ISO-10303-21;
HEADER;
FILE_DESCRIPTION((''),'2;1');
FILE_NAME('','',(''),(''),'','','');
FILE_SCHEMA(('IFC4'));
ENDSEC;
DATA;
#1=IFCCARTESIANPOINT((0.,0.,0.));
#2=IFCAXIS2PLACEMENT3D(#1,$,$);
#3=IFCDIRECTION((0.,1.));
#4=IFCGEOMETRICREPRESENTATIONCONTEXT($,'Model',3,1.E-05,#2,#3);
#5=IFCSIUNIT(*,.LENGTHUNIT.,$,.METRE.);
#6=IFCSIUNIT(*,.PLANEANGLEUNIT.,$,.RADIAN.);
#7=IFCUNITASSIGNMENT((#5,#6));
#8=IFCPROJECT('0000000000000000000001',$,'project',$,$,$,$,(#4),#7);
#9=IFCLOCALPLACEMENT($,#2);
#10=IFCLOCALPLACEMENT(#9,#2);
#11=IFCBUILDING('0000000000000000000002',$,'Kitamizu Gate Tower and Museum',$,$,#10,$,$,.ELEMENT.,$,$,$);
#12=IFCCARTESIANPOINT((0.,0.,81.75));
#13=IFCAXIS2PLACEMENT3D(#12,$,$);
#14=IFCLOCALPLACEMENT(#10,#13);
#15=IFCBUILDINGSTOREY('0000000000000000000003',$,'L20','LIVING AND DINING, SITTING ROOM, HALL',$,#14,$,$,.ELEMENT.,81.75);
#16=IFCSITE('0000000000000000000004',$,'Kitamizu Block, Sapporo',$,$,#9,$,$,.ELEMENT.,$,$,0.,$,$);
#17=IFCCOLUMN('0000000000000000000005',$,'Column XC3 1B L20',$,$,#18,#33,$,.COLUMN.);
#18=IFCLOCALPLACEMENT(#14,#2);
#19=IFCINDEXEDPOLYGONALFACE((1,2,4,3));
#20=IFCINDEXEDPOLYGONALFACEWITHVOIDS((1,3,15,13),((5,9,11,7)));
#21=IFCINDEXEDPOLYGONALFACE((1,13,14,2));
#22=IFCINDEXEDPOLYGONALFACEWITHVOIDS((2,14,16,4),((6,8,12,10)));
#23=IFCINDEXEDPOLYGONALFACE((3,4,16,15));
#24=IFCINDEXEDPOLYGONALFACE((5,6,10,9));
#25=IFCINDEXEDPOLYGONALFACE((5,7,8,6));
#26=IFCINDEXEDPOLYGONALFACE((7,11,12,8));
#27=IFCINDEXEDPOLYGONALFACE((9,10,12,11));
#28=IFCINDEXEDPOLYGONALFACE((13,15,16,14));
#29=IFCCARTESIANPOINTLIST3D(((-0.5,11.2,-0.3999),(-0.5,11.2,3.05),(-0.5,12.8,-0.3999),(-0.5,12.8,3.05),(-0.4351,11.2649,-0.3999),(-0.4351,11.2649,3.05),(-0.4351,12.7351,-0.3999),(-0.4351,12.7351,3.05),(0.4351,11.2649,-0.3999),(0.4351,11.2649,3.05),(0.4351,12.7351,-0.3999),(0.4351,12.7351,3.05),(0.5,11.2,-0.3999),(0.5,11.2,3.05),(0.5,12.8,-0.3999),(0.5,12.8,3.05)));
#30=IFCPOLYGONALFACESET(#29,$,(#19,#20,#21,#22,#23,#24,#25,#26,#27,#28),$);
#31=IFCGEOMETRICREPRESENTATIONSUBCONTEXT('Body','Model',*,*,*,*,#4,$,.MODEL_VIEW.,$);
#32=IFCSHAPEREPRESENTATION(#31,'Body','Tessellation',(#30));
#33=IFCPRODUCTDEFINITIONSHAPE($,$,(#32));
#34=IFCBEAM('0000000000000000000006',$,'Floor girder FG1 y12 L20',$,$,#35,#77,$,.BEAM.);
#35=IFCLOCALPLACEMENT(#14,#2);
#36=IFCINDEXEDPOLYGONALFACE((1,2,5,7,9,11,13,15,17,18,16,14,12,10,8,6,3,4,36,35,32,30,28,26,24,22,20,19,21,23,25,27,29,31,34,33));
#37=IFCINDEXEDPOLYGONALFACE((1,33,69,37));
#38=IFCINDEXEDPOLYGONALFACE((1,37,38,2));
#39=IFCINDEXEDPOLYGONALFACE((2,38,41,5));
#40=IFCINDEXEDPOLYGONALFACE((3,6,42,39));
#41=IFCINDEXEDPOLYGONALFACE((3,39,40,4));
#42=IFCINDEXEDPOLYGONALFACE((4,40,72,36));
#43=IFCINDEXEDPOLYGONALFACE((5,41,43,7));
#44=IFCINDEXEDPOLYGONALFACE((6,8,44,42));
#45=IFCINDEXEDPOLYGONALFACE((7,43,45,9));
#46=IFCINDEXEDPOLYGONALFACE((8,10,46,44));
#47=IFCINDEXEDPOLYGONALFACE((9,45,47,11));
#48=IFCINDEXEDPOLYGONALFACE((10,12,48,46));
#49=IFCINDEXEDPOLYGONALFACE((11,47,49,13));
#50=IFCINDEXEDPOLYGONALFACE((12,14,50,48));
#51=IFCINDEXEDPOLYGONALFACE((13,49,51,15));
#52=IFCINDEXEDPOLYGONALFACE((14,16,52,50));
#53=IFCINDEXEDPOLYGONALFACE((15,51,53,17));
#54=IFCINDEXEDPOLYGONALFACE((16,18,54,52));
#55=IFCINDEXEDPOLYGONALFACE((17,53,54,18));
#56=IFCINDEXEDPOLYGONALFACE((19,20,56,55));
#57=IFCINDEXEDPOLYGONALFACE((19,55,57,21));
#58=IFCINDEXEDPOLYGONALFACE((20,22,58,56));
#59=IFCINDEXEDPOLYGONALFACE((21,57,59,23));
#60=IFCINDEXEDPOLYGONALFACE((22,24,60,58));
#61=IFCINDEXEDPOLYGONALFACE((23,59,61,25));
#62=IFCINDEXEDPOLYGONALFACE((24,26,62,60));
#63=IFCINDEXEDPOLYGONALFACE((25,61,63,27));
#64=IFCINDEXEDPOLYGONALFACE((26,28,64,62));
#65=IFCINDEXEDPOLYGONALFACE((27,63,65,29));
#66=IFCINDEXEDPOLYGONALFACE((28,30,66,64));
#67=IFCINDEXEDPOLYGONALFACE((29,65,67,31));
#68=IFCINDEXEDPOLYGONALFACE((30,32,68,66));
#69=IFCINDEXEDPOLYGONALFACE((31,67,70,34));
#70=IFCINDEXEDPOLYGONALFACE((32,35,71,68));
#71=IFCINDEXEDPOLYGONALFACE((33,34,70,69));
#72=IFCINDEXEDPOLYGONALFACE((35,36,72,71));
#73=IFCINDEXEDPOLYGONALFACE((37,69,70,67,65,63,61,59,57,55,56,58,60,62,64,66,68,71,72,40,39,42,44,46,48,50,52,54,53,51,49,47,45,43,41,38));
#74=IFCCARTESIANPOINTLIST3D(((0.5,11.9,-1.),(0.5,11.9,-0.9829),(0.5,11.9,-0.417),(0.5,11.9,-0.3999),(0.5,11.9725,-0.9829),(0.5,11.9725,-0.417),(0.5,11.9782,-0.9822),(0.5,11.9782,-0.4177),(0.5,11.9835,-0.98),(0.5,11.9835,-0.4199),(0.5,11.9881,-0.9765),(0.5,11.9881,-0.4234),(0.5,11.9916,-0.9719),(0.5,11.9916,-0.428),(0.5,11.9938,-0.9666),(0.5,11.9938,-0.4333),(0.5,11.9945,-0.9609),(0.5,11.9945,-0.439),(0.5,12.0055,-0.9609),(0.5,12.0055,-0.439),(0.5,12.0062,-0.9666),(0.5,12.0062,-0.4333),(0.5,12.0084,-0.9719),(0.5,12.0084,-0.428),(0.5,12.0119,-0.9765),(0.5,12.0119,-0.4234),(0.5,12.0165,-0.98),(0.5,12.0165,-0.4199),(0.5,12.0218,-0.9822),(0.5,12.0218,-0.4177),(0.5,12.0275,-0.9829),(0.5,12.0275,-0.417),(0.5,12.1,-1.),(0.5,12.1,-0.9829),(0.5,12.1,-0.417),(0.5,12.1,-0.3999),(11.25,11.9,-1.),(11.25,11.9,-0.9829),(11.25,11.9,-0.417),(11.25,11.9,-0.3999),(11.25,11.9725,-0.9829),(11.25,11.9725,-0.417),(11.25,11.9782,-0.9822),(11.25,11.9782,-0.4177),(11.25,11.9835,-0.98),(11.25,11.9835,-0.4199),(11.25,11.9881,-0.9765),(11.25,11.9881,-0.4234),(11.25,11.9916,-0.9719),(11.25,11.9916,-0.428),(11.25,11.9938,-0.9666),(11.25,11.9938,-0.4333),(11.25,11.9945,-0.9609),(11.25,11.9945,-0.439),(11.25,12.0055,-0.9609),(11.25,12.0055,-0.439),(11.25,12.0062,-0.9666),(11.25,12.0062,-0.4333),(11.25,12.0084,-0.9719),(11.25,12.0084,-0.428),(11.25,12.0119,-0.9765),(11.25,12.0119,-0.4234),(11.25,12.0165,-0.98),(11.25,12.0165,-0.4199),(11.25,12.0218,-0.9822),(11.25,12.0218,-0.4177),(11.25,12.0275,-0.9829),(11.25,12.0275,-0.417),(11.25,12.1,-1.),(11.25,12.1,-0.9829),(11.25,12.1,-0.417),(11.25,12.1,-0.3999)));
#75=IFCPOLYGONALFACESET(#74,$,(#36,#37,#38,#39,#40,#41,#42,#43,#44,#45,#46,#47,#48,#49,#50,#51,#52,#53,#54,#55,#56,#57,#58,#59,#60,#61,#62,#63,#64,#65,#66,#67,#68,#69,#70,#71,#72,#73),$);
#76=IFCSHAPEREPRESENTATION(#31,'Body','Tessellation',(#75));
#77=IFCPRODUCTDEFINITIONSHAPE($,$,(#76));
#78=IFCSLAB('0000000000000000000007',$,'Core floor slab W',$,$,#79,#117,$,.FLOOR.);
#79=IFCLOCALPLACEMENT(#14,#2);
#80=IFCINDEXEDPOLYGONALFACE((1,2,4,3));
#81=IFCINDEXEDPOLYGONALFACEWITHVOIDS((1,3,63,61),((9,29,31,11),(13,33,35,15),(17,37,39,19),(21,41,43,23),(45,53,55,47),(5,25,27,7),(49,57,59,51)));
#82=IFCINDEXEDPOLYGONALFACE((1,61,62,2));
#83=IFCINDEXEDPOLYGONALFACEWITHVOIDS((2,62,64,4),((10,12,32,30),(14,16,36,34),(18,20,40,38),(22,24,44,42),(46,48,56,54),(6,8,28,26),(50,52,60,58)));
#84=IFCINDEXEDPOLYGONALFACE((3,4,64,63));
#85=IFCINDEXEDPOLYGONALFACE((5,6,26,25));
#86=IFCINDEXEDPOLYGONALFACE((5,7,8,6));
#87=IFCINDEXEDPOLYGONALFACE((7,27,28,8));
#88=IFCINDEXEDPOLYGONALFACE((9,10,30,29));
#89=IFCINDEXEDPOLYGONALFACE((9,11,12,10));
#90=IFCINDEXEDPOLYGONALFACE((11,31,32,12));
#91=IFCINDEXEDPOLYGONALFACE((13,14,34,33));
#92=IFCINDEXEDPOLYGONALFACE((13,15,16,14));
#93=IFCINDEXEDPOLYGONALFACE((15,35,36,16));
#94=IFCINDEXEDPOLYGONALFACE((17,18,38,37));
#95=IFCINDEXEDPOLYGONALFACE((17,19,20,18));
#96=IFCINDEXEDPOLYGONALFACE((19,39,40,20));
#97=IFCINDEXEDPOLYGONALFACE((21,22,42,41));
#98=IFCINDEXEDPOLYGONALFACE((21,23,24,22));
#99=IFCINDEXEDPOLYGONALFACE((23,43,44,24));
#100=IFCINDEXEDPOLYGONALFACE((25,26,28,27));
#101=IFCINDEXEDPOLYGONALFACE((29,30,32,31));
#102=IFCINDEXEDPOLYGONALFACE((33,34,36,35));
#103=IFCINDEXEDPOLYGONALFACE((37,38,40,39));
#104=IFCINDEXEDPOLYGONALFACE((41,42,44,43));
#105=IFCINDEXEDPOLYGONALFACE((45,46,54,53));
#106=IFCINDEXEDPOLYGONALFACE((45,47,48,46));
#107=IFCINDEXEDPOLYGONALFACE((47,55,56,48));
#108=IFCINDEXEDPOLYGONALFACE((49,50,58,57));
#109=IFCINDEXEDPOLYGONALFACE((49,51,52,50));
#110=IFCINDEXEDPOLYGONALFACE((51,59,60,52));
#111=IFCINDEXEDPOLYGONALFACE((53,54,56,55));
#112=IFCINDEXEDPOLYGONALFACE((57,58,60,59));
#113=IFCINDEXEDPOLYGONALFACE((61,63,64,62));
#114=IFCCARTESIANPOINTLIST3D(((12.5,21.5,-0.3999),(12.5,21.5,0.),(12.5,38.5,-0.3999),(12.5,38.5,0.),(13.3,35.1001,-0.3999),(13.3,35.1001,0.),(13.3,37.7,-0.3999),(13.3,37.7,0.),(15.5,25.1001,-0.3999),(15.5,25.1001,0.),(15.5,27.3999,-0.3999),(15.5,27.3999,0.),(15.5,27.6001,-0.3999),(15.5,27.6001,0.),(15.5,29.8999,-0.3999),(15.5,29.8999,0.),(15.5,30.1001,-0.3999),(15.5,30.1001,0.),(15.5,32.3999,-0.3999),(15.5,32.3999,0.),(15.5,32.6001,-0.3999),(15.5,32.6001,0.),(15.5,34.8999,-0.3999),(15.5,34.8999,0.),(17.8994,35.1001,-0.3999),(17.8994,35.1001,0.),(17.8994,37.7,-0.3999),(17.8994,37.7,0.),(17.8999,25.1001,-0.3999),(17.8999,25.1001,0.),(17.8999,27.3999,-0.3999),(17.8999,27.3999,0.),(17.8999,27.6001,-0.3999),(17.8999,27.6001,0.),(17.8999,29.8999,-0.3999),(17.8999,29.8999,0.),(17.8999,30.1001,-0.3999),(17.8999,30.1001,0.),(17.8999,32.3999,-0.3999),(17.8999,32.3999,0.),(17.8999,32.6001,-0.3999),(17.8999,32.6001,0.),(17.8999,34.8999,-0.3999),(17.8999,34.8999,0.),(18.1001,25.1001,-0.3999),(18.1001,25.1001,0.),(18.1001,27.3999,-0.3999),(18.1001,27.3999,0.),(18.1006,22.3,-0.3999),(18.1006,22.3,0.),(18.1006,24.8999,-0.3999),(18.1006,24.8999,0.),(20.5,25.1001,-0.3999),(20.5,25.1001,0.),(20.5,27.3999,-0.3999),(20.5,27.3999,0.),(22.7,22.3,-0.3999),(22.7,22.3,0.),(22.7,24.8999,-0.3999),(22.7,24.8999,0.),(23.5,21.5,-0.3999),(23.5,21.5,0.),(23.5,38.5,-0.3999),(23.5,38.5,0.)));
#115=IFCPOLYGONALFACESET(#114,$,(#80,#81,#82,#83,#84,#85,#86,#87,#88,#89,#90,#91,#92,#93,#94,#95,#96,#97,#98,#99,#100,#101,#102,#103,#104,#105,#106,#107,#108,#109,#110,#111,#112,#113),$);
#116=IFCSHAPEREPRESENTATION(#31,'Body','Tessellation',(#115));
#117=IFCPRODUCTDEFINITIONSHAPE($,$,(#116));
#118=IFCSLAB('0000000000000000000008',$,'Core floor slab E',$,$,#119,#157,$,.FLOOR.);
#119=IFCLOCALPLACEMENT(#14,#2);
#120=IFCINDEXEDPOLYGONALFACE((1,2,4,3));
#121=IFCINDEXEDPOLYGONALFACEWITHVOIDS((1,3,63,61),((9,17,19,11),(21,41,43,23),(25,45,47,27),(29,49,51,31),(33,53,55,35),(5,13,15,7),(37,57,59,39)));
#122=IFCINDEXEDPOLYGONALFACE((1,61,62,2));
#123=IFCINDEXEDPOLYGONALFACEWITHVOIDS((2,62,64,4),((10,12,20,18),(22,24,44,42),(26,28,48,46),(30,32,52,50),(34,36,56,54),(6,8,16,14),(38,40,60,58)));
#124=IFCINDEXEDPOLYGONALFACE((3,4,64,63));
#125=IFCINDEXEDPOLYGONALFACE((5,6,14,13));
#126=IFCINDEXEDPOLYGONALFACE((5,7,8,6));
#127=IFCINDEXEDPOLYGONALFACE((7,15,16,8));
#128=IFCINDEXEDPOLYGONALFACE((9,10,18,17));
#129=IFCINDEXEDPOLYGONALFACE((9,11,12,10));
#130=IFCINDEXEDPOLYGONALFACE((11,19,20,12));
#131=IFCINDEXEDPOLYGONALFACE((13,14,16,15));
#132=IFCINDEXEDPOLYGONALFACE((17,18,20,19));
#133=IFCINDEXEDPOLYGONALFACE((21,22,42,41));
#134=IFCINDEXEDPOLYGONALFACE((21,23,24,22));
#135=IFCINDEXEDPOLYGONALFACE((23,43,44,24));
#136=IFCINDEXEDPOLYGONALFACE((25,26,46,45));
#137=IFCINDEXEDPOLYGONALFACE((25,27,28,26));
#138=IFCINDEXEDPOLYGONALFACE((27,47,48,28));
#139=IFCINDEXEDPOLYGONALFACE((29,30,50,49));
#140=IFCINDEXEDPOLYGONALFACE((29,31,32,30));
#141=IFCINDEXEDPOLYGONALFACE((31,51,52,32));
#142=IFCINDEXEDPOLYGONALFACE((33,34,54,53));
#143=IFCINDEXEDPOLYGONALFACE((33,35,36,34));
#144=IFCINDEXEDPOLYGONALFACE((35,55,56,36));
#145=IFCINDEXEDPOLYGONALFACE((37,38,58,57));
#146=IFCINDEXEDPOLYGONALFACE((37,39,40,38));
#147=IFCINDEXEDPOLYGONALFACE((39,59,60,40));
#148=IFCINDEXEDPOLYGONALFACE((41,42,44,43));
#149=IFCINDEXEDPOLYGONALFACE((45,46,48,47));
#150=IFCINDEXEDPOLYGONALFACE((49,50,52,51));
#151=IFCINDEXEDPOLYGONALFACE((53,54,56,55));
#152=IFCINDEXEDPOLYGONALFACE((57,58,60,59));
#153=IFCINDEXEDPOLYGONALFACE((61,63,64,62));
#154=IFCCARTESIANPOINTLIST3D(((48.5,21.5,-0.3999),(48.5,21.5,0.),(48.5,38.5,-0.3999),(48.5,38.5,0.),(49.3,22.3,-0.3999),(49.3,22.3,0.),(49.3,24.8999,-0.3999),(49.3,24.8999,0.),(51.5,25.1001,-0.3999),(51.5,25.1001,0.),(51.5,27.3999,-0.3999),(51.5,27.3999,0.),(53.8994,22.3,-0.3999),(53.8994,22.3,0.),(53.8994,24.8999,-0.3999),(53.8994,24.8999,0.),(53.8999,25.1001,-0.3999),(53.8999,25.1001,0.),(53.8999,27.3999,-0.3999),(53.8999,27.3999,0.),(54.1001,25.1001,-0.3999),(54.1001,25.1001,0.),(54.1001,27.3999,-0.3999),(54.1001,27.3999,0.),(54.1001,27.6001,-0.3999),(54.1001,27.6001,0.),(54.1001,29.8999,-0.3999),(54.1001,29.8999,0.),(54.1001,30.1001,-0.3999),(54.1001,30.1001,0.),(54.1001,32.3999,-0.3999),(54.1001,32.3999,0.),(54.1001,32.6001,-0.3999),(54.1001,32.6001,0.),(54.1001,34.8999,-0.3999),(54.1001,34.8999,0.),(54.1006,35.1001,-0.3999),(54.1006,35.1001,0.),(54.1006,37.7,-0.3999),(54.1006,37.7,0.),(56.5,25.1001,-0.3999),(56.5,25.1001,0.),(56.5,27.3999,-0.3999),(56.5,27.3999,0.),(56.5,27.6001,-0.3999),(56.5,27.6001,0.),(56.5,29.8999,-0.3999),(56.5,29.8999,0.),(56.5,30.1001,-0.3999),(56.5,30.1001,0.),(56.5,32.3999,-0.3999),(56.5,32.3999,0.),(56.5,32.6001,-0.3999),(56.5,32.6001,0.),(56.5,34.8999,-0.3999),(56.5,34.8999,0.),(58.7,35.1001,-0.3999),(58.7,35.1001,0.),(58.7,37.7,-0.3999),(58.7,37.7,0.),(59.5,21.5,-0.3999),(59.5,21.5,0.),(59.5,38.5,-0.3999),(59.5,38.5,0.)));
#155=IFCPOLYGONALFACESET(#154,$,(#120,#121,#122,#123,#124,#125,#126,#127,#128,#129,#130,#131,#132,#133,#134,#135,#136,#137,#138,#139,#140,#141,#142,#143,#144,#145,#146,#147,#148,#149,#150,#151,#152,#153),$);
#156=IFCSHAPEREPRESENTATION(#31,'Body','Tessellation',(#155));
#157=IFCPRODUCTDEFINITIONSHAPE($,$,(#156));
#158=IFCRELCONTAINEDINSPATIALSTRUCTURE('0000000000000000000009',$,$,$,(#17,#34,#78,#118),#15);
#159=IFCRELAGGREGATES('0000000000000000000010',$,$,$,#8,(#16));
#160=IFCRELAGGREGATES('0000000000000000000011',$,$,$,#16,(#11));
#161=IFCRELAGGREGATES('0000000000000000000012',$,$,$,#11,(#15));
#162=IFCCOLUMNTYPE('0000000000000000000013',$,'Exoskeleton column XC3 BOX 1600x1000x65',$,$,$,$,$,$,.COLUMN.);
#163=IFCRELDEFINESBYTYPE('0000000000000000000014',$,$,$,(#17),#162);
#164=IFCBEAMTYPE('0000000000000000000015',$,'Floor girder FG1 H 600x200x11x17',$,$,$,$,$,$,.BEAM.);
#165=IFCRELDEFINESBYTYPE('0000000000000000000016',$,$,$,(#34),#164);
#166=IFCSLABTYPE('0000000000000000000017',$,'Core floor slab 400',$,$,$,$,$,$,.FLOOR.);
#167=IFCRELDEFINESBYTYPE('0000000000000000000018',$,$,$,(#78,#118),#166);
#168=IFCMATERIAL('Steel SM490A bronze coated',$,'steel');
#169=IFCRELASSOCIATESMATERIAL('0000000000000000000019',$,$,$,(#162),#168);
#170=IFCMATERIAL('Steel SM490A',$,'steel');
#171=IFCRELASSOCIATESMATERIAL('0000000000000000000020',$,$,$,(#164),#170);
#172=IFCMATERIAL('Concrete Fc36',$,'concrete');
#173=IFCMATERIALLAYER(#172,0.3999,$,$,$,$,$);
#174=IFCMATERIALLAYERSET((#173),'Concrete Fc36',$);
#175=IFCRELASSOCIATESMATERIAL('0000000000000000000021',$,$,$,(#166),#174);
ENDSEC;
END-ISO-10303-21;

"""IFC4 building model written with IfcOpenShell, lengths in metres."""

from ifc_helpers import new_model, si_unit, direction, frame, origin, origin_2d, place, context, subcontext, project, spatial, polyline, hollow_rectangle, i_section, outline, extrude, material, layer, layer_set, material_profile, profile_set, type_object, element, save


model = new_model("IFC4")

# Units and contexts
model_context = context("Model", 3, precision=1e-05, world=origin(), true_north=direction((0.0, 1.0)))
body_context = subcontext(model_context, "Body", "Model", "MODEL_VIEW")
ifc_project = project(units=[si_unit("LENGTHUNIT", "METRE"), si_unit("PLANEANGLEUNIT", "RADIAN")], contexts=[model_context])

# Site, building, storey
site_placement = place(None, origin())
site = spatial("IfcSite", under=ifc_project, at=site_placement, Name="Kitamizu Block, Sapporo", CompositionType="ELEMENT", RefElevation=0.0)
building_placement = place(site_placement, origin())
building = spatial("IfcBuilding", under=site, at=building_placement, Name="Kitamizu Gate Tower and Museum", CompositionType="ELEMENT")
storey_placement = place(building_placement, frame((0.0, 0.0, 81.75)))
storey = spatial("IfcBuildingStorey", under=building, at=storey_placement, Name="L20", Description="LIVING AND DINING, SITTING ROOM, HALL", CompositionType="ELEMENT", Elevation=81.75)

# Column
ifc_material_1 = material(Name="Steel SM490A bronze coated", Category="steel")
ifc_material_profile_1 = material_profile(ifc_material_1, hollow_rectangle(XDim=1.6001, YDim=1.0, WallThickness=0.0649, at=origin_2d()), Name="BOX 1600x1000x65")
ifc_profile_set_1 = profile_set([ifc_material_profile_1], Name="Steel SM490A bronze coated")
column_type = type_object("IfcColumnType", Name="Exoskeleton column XC3 BOX 1600x1000x65", PredefinedType="COLUMN", material=ifc_profile_set_1)
column_placement = place(storey_placement, frame((0.0, 12.0, -0.3999), z_axis=(0.0, 0.0, 1.0), x_axis=(0.0, 1.0, 0.0)))
element("IfcColumn", 1, at=column_placement, inside=storey, type_object=column_type, Name="Column XC3 1B L20", PredefinedType="COLUMN", context=body_context, shape_type="SweptSolid", body=[
    extrude(hollow_rectangle(XDim=1.6001, YDim=1.0, WallThickness=0.0649, at=origin_2d()), origin(), (0.0, 0.0, 1.0), 3.45),
])

# Beam
ifc_material_2 = material(Name="Steel SM490A", Category="steel")
ifc_material_profile_2 = material_profile(ifc_material_2, i_section(OverallWidth=0.2, OverallDepth=0.6001, WebThickness=0.011, FlangeThickness=0.0171, FilletRadius=0.022, at=origin_2d()), Name="H-600x200x11x17")
ifc_profile_set_2 = profile_set([ifc_material_profile_2], Name="Steel SM490A")
beam_type = type_object("IfcBeamType", Name="Floor girder FG1 H 600x200x11x17", PredefinedType="BEAM", material=ifc_profile_set_2)
beam_placement = place(storey_placement, frame((0.5, 12.0, -0.7), z_axis=(1.0, 0.0, 0.0), x_axis=(0.0, 1.0, 0.0)))
element("IfcBeam", 2, at=beam_placement, inside=storey, type_object=beam_type, Name="Floor girder FG1 y12 L20", PredefinedType="BEAM", context=body_context, shape_type="SweptSolid", body=[
    extrude(i_section(OverallWidth=0.2, OverallDepth=0.6001, WebThickness=0.011, FlangeThickness=0.0171, FilletRadius=0.022, at=origin_2d()), origin(), (0.0, 0.0, 1.0), 10.75),
])

# Slabs
ifc_material_3 = material(Name="Concrete Fc36", Category="concrete")
ifc_layer_1 = layer(ifc_material_3, 0.3999)
ifc_layer_set_1 = layer_set([ifc_layer_1], Name="Concrete Fc36")
slab_type_1 = type_object("IfcSlabType", Name="Core floor slab 400", PredefinedType="FLOOR", material=ifc_layer_set_1)
slab_1_placement = place(storey_placement, frame((0.0, 0.0, -0.3999)))
element("IfcSlab", 3, at=slab_1_placement, inside=storey, type_object=slab_type_1, Name="Core floor slab W", PredefinedType="FLOOR", context=body_context, shape_type="SweptSolid", body=[
    extrude(outline(polyline([(12.5, 21.5), (23.5, 21.5), (23.5, 38.5), (12.5, 38.5), (12.5, 21.5)]), holes=[polyline([(15.5, 25.1001), (17.8999, 25.1001), (17.8999, 27.3999), (15.5, 27.3999), (15.5, 25.1001)]), polyline([(15.5, 27.6001), (17.8999, 27.6001), (17.8999, 29.8999), (15.5, 29.8999), (15.5, 27.6001)]), polyline([(15.5, 30.1001), (17.8999, 30.1001), (17.8999, 32.3999), (15.5, 32.3999), (15.5, 30.1001)]), polyline([(15.5, 32.6001), (17.8999, 32.6001), (17.8999, 34.8999), (15.5, 34.8999), (15.5, 32.6001)]), polyline([(18.1001, 25.1001), (20.5, 25.1001), (20.5, 27.3999), (18.1001, 27.3999), (18.1001, 25.1001)]), polyline([(18.1006, 22.3), (22.7, 22.3), (22.7, 24.8999), (18.1006, 24.8999), (18.1006, 22.3)]), polyline([(13.3, 35.1001), (17.8994, 35.1001), (17.8994, 37.7), (13.3, 37.7), (13.3, 35.1001)])]), origin(), (0.0, 0.0, 1.0), 0.3999),
])
slab_2_placement = place(storey_placement, frame((0.0, 0.0, -0.3999)))
element("IfcSlab", 4, at=slab_2_placement, inside=storey, type_object=slab_type_1, Name="Core floor slab E", PredefinedType="FLOOR", context=body_context, shape_type="SweptSolid", body=[
    extrude(outline(polyline([(48.5, 21.5), (59.5, 21.5), (59.5, 38.5), (48.5, 38.5), (48.5, 21.5)]), holes=[polyline([(54.1001, 25.1001), (56.5, 25.1001), (56.5, 27.3999), (54.1001, 27.3999), (54.1001, 25.1001)]), polyline([(54.1001, 27.6001), (56.5, 27.6001), (56.5, 29.8999), (54.1001, 29.8999), (54.1001, 27.6001)]), polyline([(54.1001, 30.1001), (56.5, 30.1001), (56.5, 32.3999), (54.1001, 32.3999), (54.1001, 30.1001)]), polyline([(54.1001, 32.6001), (56.5, 32.6001), (56.5, 34.8999), (54.1001, 34.8999), (54.1001, 32.6001)]), polyline([(51.5, 25.1001), (53.8999, 25.1001), (53.8999, 27.3999), (51.5, 27.3999), (51.5, 25.1001)]), polyline([(49.3, 22.3), (53.8994, 22.3), (53.8994, 24.8999), (49.3, 24.8999), (49.3, 22.3)]), polyline([(54.1006, 35.1001), (58.7, 35.1001), (58.7, 37.7), (54.1006, 37.7), (54.1006, 35.1001)])]), origin(), (0.0, 0.0, 1.0), 0.3999),
])

save(model, "model.ifc")
